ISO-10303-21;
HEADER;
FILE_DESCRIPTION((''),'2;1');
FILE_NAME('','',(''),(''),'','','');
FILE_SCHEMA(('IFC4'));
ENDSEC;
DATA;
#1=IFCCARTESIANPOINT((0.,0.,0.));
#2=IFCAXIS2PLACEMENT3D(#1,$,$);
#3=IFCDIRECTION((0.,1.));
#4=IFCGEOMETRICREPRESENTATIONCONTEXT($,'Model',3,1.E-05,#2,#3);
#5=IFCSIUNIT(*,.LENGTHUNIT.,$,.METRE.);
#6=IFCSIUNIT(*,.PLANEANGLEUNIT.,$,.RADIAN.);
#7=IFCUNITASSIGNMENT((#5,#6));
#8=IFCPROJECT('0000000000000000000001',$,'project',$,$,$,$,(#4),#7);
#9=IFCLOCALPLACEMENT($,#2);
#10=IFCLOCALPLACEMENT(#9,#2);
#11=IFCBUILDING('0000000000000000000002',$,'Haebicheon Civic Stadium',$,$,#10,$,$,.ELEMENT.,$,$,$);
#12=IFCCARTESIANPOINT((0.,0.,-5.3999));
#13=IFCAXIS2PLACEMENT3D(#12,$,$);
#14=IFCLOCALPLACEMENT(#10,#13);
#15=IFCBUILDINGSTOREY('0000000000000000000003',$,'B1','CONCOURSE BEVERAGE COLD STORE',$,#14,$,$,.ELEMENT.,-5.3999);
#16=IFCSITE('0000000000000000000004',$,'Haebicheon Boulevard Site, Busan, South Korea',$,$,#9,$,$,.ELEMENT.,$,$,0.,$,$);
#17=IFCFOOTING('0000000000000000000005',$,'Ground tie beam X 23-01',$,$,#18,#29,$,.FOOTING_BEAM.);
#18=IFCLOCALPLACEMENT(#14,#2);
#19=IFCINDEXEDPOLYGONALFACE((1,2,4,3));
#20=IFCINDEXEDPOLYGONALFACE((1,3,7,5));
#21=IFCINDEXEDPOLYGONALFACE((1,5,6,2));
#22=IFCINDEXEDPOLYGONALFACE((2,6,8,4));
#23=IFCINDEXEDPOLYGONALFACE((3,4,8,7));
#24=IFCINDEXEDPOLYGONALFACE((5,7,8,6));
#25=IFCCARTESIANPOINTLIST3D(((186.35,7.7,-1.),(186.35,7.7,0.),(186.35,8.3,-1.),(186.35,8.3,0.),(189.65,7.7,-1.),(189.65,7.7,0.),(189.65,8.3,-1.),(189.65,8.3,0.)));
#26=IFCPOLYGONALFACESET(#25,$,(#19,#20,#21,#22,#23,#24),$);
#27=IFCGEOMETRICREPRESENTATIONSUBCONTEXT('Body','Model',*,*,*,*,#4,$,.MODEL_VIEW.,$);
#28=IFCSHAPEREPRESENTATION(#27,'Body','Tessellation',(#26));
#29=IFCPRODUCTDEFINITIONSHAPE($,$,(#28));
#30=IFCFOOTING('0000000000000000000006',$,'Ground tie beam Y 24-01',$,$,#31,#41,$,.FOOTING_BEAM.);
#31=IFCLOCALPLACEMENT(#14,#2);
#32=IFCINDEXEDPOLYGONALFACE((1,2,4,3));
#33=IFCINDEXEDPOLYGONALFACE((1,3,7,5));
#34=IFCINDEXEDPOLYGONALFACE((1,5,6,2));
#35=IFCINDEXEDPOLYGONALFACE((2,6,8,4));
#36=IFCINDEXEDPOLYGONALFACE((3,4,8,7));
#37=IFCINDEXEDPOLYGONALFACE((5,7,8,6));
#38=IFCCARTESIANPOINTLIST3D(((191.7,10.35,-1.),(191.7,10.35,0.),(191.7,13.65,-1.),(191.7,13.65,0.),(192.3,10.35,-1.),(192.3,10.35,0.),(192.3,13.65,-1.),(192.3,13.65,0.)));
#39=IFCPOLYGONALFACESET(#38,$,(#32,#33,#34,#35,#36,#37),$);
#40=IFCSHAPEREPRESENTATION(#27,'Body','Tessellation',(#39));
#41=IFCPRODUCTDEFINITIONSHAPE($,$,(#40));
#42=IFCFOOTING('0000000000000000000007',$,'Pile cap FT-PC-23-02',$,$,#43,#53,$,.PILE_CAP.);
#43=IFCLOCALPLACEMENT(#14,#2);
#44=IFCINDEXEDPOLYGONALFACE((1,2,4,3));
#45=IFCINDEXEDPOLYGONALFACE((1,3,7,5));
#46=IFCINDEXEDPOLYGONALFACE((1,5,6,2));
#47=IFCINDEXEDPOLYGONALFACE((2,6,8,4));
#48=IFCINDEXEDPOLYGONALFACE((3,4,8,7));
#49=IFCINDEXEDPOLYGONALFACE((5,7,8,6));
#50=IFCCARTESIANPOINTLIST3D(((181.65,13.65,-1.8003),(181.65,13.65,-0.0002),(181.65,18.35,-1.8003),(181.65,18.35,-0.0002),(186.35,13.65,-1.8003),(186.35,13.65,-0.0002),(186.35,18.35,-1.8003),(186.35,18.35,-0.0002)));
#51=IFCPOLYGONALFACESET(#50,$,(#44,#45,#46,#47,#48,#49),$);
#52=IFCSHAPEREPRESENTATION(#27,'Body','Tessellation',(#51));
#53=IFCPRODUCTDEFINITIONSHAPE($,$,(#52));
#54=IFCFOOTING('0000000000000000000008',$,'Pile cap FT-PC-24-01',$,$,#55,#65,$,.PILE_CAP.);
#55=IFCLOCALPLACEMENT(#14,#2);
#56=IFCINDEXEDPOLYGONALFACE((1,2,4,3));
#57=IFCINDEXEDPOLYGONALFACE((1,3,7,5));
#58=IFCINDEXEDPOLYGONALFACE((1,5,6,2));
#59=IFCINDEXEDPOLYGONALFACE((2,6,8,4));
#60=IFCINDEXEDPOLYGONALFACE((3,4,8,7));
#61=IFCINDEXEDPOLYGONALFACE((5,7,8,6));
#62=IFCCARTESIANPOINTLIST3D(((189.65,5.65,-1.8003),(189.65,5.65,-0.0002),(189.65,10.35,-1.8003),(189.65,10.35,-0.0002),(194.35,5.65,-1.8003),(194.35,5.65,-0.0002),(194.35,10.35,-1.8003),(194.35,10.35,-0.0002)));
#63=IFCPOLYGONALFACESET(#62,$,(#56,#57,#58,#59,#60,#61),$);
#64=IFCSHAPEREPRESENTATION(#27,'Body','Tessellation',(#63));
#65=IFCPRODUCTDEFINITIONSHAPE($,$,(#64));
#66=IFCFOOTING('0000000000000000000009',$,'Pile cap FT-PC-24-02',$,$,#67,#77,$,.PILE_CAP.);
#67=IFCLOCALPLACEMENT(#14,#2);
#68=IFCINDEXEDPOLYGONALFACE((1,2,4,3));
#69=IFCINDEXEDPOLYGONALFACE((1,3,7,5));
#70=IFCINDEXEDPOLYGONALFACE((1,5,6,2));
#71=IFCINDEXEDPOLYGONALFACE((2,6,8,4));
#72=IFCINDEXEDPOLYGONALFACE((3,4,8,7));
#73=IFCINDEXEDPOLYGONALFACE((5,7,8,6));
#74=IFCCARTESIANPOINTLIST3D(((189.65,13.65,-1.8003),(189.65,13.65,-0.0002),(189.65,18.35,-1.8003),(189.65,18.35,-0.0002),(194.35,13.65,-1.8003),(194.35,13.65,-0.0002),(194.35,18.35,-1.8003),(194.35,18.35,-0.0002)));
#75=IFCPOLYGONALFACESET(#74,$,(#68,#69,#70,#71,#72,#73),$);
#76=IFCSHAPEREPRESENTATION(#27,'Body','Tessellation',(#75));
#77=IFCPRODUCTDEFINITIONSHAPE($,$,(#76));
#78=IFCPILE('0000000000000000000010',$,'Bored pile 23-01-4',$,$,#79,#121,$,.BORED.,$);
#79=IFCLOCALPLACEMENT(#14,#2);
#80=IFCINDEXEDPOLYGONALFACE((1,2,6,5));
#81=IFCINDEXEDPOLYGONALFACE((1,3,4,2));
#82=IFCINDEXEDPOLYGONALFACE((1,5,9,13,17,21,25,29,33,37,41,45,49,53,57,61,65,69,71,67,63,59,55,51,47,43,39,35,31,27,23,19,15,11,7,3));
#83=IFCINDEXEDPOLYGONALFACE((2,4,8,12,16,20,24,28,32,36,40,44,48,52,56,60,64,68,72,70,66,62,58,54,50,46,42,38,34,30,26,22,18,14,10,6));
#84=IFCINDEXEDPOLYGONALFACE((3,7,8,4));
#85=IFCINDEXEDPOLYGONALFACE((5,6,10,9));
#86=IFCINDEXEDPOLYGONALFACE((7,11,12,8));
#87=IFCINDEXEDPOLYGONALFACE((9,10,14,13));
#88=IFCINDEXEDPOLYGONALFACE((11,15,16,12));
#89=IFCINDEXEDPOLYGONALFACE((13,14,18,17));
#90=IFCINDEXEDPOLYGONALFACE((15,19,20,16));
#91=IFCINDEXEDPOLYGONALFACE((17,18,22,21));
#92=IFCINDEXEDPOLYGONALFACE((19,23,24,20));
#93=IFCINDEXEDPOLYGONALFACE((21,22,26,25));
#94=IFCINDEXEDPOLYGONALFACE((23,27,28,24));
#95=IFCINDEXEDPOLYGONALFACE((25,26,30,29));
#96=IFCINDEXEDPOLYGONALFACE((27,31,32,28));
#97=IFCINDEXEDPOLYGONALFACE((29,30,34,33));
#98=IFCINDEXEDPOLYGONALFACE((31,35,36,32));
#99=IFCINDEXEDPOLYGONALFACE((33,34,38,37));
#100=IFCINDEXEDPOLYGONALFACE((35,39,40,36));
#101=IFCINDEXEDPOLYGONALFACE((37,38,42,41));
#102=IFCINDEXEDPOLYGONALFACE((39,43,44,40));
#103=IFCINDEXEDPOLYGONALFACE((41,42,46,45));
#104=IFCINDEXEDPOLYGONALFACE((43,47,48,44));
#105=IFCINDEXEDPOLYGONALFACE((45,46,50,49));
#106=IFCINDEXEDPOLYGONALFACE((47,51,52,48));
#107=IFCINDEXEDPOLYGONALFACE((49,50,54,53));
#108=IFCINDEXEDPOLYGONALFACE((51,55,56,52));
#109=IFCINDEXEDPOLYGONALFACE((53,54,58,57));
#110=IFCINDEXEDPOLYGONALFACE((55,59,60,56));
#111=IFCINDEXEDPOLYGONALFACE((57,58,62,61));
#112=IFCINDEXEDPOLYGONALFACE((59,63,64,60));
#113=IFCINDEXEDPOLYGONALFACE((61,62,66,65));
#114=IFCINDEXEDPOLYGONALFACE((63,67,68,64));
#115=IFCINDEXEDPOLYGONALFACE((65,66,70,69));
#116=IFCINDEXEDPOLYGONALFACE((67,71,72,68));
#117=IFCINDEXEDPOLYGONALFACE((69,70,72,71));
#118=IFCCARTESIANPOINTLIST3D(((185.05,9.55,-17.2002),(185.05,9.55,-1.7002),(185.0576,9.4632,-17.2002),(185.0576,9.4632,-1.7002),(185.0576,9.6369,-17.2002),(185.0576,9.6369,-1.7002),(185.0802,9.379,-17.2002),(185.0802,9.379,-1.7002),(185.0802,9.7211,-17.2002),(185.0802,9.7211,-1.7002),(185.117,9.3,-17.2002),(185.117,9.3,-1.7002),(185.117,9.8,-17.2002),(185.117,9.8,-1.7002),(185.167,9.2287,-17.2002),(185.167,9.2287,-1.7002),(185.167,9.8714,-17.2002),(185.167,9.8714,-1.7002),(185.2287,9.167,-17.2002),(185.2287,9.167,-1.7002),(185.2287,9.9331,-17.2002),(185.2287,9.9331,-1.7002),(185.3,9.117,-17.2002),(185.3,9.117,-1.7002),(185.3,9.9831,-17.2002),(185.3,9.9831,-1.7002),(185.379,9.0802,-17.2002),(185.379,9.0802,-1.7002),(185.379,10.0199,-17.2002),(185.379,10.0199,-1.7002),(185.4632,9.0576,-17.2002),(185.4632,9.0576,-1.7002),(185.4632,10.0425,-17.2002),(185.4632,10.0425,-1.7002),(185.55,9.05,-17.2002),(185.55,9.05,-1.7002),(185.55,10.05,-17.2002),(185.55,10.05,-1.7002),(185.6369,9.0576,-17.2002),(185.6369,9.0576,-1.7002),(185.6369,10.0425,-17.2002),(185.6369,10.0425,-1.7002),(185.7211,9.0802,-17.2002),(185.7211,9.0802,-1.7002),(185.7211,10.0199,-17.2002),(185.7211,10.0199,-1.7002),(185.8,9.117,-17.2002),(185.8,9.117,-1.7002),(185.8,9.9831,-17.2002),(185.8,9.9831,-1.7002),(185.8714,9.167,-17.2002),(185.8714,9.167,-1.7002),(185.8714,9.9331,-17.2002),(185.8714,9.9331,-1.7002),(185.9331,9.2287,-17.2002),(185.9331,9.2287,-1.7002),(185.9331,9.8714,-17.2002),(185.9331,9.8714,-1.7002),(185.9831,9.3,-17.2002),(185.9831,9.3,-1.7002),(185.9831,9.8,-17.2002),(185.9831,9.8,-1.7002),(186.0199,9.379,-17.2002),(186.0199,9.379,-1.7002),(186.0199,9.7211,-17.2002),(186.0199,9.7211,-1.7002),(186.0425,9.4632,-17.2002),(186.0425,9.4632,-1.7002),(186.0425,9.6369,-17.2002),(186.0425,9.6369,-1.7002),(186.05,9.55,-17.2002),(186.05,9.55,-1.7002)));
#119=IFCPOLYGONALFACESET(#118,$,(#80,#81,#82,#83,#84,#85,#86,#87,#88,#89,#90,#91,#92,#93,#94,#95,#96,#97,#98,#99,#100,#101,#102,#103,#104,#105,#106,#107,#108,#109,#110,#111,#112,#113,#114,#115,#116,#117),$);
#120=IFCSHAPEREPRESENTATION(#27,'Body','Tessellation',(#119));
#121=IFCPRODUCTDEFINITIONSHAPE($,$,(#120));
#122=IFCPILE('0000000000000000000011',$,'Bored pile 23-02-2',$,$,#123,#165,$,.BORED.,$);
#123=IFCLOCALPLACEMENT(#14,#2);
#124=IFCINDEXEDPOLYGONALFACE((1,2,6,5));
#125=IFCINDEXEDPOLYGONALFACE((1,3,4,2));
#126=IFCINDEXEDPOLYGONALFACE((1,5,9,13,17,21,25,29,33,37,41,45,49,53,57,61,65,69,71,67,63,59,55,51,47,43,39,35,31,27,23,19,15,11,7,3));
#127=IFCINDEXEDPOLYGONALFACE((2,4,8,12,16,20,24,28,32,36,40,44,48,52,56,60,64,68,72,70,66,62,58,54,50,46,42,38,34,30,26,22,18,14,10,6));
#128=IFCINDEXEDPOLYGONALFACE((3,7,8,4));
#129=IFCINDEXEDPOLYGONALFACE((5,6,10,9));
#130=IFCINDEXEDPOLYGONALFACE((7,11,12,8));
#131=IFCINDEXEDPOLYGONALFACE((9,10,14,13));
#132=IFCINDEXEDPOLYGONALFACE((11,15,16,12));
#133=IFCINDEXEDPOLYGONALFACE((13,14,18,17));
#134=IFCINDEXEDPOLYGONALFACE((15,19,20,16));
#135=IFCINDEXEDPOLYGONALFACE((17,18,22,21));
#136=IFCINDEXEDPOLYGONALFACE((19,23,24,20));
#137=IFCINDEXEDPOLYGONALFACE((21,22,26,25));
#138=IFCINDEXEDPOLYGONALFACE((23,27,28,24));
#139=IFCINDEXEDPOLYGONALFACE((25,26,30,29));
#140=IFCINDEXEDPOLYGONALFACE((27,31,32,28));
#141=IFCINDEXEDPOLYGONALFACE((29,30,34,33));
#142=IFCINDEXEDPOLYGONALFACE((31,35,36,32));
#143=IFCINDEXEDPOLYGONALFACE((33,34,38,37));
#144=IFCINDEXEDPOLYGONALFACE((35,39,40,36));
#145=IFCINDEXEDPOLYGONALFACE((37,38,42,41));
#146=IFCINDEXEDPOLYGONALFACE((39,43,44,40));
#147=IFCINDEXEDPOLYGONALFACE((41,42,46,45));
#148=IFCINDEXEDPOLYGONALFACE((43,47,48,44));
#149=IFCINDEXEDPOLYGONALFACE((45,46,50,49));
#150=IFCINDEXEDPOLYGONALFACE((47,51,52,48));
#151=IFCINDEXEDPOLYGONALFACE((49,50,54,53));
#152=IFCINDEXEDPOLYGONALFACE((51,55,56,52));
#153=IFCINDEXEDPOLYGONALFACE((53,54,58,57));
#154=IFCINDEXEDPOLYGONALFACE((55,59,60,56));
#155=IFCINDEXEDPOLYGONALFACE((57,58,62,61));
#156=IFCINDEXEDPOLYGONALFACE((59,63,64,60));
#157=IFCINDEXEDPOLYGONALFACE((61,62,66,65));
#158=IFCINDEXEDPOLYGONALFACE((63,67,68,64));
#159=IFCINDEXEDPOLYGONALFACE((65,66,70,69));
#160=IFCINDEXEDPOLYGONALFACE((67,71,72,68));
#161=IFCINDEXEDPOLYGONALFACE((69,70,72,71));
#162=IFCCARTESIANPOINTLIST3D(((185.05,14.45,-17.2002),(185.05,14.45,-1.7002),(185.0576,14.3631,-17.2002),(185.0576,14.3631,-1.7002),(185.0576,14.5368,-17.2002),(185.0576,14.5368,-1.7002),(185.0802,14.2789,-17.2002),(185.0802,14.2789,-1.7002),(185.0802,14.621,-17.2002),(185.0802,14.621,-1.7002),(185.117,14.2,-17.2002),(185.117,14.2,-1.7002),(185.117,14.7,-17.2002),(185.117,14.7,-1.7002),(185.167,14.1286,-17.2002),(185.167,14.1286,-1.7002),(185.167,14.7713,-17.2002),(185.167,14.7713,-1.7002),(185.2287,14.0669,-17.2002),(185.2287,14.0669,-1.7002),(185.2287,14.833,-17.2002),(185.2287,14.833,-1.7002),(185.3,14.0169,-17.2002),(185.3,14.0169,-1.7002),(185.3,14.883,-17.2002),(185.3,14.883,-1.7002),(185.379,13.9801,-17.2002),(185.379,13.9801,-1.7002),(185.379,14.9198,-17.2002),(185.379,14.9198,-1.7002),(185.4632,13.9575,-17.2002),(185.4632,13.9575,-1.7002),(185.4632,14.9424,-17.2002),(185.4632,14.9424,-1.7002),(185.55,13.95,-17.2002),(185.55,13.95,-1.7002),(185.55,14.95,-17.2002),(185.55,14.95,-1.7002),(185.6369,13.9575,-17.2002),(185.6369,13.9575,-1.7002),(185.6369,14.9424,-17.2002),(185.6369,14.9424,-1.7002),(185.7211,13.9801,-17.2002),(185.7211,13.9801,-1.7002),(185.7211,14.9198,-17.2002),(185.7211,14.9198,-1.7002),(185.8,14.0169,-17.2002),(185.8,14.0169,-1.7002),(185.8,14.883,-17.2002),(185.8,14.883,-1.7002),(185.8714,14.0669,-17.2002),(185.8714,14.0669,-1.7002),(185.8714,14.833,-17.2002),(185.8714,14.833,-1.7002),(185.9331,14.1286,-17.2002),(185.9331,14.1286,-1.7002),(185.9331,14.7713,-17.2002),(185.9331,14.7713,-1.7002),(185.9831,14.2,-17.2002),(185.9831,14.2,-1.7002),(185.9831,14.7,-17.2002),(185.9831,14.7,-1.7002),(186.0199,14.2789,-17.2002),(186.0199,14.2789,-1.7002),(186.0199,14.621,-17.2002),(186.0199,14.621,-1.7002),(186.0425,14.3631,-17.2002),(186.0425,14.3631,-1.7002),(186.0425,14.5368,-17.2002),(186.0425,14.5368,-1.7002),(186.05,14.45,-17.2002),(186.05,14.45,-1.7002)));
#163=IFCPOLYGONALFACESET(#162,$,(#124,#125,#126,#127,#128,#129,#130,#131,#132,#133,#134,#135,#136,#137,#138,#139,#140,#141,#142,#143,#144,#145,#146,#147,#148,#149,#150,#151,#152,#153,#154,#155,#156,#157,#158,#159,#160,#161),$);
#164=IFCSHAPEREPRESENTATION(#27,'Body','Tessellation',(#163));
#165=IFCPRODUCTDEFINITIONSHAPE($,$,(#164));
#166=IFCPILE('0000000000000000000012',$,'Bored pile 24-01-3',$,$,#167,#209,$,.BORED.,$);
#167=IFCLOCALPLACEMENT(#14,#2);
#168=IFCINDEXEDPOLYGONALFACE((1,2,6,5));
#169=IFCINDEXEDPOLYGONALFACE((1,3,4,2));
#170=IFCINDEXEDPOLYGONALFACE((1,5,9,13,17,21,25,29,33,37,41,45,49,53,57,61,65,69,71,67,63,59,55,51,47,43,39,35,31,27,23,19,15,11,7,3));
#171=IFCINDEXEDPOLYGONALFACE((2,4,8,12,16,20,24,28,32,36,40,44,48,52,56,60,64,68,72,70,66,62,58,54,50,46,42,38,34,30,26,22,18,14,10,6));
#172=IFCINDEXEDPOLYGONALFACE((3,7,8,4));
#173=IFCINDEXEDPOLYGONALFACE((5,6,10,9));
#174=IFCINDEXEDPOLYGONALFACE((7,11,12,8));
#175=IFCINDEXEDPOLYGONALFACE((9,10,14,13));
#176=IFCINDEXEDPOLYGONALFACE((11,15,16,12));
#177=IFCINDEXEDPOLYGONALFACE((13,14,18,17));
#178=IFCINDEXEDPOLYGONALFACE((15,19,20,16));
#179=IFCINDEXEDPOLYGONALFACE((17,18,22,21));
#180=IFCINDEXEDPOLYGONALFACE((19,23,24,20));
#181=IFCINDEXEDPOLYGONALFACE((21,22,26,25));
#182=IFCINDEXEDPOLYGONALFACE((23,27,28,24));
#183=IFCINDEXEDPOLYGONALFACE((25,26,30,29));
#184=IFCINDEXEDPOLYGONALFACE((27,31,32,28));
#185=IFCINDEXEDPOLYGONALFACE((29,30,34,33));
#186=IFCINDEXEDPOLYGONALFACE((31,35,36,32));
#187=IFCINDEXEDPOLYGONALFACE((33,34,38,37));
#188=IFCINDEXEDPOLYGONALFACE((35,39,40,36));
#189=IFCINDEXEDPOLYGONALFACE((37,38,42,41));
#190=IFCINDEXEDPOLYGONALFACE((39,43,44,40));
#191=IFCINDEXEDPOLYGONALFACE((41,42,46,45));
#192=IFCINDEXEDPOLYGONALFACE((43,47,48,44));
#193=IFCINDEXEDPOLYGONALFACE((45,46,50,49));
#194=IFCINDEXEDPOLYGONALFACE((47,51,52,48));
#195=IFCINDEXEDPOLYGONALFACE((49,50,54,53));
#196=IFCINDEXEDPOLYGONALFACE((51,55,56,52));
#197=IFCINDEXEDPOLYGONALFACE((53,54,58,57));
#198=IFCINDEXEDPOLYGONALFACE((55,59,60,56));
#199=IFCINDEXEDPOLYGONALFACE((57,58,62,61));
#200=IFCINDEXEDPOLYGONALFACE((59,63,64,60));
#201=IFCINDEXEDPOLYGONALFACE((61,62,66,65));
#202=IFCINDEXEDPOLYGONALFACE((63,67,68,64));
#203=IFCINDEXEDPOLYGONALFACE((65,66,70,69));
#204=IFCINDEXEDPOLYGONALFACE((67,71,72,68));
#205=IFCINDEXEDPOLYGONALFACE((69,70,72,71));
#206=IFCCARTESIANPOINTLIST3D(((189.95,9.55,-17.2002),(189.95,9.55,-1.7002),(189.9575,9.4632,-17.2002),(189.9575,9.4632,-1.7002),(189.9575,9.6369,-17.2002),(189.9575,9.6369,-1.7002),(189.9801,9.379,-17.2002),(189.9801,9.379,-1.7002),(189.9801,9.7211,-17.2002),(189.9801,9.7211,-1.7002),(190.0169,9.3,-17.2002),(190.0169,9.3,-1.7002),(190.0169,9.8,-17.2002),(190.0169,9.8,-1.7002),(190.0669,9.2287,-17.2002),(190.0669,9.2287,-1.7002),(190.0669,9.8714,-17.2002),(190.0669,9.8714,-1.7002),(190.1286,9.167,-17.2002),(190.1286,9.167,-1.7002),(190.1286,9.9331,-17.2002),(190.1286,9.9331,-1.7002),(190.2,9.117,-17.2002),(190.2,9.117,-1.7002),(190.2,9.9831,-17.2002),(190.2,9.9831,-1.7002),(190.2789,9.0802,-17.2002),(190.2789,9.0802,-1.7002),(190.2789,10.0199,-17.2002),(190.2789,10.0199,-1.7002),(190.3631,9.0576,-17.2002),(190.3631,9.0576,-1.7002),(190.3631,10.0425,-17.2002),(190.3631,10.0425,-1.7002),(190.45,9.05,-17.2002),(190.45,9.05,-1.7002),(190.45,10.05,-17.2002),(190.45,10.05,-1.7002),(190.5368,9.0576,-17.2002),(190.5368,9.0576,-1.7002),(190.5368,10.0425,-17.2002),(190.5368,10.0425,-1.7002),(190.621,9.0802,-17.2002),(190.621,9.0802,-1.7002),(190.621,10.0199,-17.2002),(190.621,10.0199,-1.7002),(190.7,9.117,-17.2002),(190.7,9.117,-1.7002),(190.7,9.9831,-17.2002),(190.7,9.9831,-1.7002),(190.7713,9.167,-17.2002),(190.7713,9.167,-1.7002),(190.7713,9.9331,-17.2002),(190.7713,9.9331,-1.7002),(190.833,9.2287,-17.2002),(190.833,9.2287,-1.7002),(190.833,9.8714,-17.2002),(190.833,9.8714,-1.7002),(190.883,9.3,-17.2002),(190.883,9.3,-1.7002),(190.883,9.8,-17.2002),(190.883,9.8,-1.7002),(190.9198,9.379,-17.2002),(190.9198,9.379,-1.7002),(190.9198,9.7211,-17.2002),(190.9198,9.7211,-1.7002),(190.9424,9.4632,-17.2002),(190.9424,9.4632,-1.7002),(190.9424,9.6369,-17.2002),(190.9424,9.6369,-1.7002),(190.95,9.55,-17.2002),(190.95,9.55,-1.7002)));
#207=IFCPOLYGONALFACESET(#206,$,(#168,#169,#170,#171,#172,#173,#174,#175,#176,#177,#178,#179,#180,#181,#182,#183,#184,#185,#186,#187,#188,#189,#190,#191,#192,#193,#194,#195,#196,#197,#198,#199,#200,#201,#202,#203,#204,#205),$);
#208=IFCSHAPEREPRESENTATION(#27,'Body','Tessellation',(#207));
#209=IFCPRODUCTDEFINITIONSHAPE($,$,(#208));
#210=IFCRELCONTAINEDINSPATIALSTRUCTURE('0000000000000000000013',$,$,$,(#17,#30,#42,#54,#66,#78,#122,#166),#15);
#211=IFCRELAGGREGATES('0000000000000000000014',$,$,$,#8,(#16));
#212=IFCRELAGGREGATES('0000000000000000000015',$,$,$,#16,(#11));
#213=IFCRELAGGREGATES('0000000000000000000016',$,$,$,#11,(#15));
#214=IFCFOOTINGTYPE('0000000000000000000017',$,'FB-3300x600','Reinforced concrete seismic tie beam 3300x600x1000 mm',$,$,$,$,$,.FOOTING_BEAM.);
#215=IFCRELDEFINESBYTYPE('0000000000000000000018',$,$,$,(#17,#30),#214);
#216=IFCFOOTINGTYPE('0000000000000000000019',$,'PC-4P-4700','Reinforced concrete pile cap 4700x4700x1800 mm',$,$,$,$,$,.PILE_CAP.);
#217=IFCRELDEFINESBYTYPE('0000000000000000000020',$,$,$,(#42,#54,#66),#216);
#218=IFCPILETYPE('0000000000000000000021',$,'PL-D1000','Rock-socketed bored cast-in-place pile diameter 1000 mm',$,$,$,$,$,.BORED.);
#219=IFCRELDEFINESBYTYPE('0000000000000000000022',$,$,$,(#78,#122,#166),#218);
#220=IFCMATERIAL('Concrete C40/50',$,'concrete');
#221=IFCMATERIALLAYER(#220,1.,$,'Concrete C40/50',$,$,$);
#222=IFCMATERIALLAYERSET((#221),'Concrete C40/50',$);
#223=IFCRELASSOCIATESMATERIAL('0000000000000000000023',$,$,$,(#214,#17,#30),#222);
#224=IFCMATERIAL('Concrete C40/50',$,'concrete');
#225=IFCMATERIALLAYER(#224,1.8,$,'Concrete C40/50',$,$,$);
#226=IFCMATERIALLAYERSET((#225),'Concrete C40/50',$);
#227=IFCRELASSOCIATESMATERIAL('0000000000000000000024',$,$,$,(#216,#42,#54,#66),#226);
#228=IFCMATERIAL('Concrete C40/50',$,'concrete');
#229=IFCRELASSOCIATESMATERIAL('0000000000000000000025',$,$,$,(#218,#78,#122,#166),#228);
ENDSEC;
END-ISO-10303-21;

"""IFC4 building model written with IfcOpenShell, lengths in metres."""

from ifc_helpers import new_model, si_unit, direction, frame, origin, origin_2d, place, context, subcontext, project, spatial, rectangle, circle, extrude, material, layer, layer_set, material_profile, profile_set, type_object, element, save


model = new_model("IFC4")

# Units and contexts
model_context = context("Model", 3, precision=1e-05, world=origin(), true_north=direction((0.0, 1.0)))
body_context = subcontext(model_context, "Body", "Model", "MODEL_VIEW")
ifc_project = project(units=[si_unit("LENGTHUNIT", "METRE"), si_unit("PLANEANGLEUNIT", "RADIAN")], contexts=[model_context])

# Site, building, storey
site_placement = place(None, origin())
site = spatial("IfcSite", under=ifc_project, at=site_placement, Name="Haebicheon Boulevard Site, Busan, South Korea", CompositionType="ELEMENT", RefElevation=0.0)
building_placement = place(site_placement, origin())
building = spatial("IfcBuilding", under=site, at=building_placement, Name="Haebicheon Civic Stadium", CompositionType="ELEMENT")
storey_placement = place(building_placement, frame((0.0, 0.0, -5.3999)))
storey = spatial("IfcBuildingStorey", under=building, at=storey_placement, Name="B1", Description="CONCOURSE BEVERAGE COLD STORE", CompositionType="ELEMENT", Elevation=-5.3999)

# Footings
ifc_material_1 = material(Name="Concrete C40/50", Category="concrete")
ifc_layer_1 = layer(ifc_material_1, 1.0, Name="Concrete C40/50")
ifc_layer_set_1 = layer_set([ifc_layer_1], Name="Concrete C40/50")
footing_type_1 = type_object("IfcFootingType", Name="FB-3300x600", Description="Reinforced concrete seismic tie beam 3300x600x1000 mm", PredefinedType="FOOTING_BEAM", material=ifc_layer_set_1)
for number, where, z_axis, x_axis, name in (
    (1, (188.0, 8.0, -1.0), (0.0, 0.0, 1.0), (1.0, 0.0, 0.0), "Ground tie beam X 23-01"),
    (2, (192.0, 12.0, -1.0), (0.0, 0.0, 1.0), (0.0, 1.0, 0.0), "Ground tie beam Y 24-01"),
):
    element("IfcFooting", number, at=place(storey_placement, frame(where, z_axis=z_axis, x_axis=x_axis)), inside=storey, type_object=footing_type_1, material=ifc_layer_set_1, Name=name, PredefinedType="FOOTING_BEAM", context=body_context, shape_type="SweptSolid", body=[
        extrude(rectangle(XDim=3.3, YDim=0.6001, at=origin_2d()), origin(), (0.0, 0.0, 1.0), 1.0),
    ])
ifc_material_2 = material(Name="Concrete C40/50", Category="concrete")
ifc_layer_2 = layer(ifc_material_2, 1.8, Name="Concrete C40/50")
ifc_layer_set_2 = layer_set([ifc_layer_2], Name="Concrete C40/50")
footing_type_2 = type_object("IfcFootingType", Name="PC-4P-4700", Description="Reinforced concrete pile cap 4700x4700x1800 mm", PredefinedType="PILE_CAP", material=ifc_layer_set_2)
for number, where, z_axis, x_axis, name in (
    (3, (184.0, 16.0, -1.8003), (0.0, 0.0, 1.0), (1.0, 0.0, 0.0), "Pile cap FT-PC-23-02"),
    (4, (192.0, 8.0, -1.8003), (0.0, 0.0, 1.0), (1.0, 0.0, 0.0), "Pile cap FT-PC-24-01"),
    (5, (192.0, 16.0, -1.8003), (0.0, 0.0, 1.0), (1.0, 0.0, 0.0), "Pile cap FT-PC-24-02"),
):
    element("IfcFooting", number, at=place(storey_placement, frame(where, z_axis=z_axis, x_axis=x_axis)), inside=storey, type_object=footing_type_2, material=ifc_layer_set_2, Name=name, PredefinedType="PILE_CAP", context=body_context, shape_type="SweptSolid", body=[
        extrude(rectangle(XDim=4.7, YDim=4.7, at=origin_2d()), origin(), (0.0, 0.0, 1.0), 1.8),
    ])

# Piles
ifc_material_3 = material(Name="Concrete C40/50", Category="concrete")
ifc_material_profile_1 = material_profile(ifc_material_3, circle(Radius=0.5, at=origin_2d()), Name="PILE-D1000")
ifc_profile_set_1 = profile_set([ifc_material_profile_1], Name="Concrete C40/50")
pile_type = type_object("IfcPileType", Name="PL-D1000", Description="Rock-socketed bored cast-in-place pile diameter 1000 mm", PredefinedType="BORED", material=ifc_profile_set_1)
for number, where, z_axis, x_axis, name in (
    (6, (185.55, 9.55, -1.7002), (0.0, 0.0, -1.0), (1.0, 0.0, 0.0), "Bored pile 23-01-4"),
    (7, (185.55, 14.45, -1.7002), (0.0, 0.0, -1.0), (1.0, 0.0, 0.0), "Bored pile 23-02-2"),
    (8, (190.45, 9.55, -1.7002), (0.0, 0.0, -1.0), (1.0, 0.0, 0.0), "Bored pile 24-01-3"),
):
    element("IfcPile", number, at=place(storey_placement, frame(where, z_axis=z_axis, x_axis=x_axis)), inside=storey, type_object=pile_type, material=ifc_profile_set_1, Name=name, PredefinedType="BORED", context=body_context, shape_type="SweptSolid", body=[
        extrude(circle(Radius=0.5, at=origin_2d()), origin(), (0.0, 0.0, 1.0), 15.5),
    ])

save(model, "model.ifc")
